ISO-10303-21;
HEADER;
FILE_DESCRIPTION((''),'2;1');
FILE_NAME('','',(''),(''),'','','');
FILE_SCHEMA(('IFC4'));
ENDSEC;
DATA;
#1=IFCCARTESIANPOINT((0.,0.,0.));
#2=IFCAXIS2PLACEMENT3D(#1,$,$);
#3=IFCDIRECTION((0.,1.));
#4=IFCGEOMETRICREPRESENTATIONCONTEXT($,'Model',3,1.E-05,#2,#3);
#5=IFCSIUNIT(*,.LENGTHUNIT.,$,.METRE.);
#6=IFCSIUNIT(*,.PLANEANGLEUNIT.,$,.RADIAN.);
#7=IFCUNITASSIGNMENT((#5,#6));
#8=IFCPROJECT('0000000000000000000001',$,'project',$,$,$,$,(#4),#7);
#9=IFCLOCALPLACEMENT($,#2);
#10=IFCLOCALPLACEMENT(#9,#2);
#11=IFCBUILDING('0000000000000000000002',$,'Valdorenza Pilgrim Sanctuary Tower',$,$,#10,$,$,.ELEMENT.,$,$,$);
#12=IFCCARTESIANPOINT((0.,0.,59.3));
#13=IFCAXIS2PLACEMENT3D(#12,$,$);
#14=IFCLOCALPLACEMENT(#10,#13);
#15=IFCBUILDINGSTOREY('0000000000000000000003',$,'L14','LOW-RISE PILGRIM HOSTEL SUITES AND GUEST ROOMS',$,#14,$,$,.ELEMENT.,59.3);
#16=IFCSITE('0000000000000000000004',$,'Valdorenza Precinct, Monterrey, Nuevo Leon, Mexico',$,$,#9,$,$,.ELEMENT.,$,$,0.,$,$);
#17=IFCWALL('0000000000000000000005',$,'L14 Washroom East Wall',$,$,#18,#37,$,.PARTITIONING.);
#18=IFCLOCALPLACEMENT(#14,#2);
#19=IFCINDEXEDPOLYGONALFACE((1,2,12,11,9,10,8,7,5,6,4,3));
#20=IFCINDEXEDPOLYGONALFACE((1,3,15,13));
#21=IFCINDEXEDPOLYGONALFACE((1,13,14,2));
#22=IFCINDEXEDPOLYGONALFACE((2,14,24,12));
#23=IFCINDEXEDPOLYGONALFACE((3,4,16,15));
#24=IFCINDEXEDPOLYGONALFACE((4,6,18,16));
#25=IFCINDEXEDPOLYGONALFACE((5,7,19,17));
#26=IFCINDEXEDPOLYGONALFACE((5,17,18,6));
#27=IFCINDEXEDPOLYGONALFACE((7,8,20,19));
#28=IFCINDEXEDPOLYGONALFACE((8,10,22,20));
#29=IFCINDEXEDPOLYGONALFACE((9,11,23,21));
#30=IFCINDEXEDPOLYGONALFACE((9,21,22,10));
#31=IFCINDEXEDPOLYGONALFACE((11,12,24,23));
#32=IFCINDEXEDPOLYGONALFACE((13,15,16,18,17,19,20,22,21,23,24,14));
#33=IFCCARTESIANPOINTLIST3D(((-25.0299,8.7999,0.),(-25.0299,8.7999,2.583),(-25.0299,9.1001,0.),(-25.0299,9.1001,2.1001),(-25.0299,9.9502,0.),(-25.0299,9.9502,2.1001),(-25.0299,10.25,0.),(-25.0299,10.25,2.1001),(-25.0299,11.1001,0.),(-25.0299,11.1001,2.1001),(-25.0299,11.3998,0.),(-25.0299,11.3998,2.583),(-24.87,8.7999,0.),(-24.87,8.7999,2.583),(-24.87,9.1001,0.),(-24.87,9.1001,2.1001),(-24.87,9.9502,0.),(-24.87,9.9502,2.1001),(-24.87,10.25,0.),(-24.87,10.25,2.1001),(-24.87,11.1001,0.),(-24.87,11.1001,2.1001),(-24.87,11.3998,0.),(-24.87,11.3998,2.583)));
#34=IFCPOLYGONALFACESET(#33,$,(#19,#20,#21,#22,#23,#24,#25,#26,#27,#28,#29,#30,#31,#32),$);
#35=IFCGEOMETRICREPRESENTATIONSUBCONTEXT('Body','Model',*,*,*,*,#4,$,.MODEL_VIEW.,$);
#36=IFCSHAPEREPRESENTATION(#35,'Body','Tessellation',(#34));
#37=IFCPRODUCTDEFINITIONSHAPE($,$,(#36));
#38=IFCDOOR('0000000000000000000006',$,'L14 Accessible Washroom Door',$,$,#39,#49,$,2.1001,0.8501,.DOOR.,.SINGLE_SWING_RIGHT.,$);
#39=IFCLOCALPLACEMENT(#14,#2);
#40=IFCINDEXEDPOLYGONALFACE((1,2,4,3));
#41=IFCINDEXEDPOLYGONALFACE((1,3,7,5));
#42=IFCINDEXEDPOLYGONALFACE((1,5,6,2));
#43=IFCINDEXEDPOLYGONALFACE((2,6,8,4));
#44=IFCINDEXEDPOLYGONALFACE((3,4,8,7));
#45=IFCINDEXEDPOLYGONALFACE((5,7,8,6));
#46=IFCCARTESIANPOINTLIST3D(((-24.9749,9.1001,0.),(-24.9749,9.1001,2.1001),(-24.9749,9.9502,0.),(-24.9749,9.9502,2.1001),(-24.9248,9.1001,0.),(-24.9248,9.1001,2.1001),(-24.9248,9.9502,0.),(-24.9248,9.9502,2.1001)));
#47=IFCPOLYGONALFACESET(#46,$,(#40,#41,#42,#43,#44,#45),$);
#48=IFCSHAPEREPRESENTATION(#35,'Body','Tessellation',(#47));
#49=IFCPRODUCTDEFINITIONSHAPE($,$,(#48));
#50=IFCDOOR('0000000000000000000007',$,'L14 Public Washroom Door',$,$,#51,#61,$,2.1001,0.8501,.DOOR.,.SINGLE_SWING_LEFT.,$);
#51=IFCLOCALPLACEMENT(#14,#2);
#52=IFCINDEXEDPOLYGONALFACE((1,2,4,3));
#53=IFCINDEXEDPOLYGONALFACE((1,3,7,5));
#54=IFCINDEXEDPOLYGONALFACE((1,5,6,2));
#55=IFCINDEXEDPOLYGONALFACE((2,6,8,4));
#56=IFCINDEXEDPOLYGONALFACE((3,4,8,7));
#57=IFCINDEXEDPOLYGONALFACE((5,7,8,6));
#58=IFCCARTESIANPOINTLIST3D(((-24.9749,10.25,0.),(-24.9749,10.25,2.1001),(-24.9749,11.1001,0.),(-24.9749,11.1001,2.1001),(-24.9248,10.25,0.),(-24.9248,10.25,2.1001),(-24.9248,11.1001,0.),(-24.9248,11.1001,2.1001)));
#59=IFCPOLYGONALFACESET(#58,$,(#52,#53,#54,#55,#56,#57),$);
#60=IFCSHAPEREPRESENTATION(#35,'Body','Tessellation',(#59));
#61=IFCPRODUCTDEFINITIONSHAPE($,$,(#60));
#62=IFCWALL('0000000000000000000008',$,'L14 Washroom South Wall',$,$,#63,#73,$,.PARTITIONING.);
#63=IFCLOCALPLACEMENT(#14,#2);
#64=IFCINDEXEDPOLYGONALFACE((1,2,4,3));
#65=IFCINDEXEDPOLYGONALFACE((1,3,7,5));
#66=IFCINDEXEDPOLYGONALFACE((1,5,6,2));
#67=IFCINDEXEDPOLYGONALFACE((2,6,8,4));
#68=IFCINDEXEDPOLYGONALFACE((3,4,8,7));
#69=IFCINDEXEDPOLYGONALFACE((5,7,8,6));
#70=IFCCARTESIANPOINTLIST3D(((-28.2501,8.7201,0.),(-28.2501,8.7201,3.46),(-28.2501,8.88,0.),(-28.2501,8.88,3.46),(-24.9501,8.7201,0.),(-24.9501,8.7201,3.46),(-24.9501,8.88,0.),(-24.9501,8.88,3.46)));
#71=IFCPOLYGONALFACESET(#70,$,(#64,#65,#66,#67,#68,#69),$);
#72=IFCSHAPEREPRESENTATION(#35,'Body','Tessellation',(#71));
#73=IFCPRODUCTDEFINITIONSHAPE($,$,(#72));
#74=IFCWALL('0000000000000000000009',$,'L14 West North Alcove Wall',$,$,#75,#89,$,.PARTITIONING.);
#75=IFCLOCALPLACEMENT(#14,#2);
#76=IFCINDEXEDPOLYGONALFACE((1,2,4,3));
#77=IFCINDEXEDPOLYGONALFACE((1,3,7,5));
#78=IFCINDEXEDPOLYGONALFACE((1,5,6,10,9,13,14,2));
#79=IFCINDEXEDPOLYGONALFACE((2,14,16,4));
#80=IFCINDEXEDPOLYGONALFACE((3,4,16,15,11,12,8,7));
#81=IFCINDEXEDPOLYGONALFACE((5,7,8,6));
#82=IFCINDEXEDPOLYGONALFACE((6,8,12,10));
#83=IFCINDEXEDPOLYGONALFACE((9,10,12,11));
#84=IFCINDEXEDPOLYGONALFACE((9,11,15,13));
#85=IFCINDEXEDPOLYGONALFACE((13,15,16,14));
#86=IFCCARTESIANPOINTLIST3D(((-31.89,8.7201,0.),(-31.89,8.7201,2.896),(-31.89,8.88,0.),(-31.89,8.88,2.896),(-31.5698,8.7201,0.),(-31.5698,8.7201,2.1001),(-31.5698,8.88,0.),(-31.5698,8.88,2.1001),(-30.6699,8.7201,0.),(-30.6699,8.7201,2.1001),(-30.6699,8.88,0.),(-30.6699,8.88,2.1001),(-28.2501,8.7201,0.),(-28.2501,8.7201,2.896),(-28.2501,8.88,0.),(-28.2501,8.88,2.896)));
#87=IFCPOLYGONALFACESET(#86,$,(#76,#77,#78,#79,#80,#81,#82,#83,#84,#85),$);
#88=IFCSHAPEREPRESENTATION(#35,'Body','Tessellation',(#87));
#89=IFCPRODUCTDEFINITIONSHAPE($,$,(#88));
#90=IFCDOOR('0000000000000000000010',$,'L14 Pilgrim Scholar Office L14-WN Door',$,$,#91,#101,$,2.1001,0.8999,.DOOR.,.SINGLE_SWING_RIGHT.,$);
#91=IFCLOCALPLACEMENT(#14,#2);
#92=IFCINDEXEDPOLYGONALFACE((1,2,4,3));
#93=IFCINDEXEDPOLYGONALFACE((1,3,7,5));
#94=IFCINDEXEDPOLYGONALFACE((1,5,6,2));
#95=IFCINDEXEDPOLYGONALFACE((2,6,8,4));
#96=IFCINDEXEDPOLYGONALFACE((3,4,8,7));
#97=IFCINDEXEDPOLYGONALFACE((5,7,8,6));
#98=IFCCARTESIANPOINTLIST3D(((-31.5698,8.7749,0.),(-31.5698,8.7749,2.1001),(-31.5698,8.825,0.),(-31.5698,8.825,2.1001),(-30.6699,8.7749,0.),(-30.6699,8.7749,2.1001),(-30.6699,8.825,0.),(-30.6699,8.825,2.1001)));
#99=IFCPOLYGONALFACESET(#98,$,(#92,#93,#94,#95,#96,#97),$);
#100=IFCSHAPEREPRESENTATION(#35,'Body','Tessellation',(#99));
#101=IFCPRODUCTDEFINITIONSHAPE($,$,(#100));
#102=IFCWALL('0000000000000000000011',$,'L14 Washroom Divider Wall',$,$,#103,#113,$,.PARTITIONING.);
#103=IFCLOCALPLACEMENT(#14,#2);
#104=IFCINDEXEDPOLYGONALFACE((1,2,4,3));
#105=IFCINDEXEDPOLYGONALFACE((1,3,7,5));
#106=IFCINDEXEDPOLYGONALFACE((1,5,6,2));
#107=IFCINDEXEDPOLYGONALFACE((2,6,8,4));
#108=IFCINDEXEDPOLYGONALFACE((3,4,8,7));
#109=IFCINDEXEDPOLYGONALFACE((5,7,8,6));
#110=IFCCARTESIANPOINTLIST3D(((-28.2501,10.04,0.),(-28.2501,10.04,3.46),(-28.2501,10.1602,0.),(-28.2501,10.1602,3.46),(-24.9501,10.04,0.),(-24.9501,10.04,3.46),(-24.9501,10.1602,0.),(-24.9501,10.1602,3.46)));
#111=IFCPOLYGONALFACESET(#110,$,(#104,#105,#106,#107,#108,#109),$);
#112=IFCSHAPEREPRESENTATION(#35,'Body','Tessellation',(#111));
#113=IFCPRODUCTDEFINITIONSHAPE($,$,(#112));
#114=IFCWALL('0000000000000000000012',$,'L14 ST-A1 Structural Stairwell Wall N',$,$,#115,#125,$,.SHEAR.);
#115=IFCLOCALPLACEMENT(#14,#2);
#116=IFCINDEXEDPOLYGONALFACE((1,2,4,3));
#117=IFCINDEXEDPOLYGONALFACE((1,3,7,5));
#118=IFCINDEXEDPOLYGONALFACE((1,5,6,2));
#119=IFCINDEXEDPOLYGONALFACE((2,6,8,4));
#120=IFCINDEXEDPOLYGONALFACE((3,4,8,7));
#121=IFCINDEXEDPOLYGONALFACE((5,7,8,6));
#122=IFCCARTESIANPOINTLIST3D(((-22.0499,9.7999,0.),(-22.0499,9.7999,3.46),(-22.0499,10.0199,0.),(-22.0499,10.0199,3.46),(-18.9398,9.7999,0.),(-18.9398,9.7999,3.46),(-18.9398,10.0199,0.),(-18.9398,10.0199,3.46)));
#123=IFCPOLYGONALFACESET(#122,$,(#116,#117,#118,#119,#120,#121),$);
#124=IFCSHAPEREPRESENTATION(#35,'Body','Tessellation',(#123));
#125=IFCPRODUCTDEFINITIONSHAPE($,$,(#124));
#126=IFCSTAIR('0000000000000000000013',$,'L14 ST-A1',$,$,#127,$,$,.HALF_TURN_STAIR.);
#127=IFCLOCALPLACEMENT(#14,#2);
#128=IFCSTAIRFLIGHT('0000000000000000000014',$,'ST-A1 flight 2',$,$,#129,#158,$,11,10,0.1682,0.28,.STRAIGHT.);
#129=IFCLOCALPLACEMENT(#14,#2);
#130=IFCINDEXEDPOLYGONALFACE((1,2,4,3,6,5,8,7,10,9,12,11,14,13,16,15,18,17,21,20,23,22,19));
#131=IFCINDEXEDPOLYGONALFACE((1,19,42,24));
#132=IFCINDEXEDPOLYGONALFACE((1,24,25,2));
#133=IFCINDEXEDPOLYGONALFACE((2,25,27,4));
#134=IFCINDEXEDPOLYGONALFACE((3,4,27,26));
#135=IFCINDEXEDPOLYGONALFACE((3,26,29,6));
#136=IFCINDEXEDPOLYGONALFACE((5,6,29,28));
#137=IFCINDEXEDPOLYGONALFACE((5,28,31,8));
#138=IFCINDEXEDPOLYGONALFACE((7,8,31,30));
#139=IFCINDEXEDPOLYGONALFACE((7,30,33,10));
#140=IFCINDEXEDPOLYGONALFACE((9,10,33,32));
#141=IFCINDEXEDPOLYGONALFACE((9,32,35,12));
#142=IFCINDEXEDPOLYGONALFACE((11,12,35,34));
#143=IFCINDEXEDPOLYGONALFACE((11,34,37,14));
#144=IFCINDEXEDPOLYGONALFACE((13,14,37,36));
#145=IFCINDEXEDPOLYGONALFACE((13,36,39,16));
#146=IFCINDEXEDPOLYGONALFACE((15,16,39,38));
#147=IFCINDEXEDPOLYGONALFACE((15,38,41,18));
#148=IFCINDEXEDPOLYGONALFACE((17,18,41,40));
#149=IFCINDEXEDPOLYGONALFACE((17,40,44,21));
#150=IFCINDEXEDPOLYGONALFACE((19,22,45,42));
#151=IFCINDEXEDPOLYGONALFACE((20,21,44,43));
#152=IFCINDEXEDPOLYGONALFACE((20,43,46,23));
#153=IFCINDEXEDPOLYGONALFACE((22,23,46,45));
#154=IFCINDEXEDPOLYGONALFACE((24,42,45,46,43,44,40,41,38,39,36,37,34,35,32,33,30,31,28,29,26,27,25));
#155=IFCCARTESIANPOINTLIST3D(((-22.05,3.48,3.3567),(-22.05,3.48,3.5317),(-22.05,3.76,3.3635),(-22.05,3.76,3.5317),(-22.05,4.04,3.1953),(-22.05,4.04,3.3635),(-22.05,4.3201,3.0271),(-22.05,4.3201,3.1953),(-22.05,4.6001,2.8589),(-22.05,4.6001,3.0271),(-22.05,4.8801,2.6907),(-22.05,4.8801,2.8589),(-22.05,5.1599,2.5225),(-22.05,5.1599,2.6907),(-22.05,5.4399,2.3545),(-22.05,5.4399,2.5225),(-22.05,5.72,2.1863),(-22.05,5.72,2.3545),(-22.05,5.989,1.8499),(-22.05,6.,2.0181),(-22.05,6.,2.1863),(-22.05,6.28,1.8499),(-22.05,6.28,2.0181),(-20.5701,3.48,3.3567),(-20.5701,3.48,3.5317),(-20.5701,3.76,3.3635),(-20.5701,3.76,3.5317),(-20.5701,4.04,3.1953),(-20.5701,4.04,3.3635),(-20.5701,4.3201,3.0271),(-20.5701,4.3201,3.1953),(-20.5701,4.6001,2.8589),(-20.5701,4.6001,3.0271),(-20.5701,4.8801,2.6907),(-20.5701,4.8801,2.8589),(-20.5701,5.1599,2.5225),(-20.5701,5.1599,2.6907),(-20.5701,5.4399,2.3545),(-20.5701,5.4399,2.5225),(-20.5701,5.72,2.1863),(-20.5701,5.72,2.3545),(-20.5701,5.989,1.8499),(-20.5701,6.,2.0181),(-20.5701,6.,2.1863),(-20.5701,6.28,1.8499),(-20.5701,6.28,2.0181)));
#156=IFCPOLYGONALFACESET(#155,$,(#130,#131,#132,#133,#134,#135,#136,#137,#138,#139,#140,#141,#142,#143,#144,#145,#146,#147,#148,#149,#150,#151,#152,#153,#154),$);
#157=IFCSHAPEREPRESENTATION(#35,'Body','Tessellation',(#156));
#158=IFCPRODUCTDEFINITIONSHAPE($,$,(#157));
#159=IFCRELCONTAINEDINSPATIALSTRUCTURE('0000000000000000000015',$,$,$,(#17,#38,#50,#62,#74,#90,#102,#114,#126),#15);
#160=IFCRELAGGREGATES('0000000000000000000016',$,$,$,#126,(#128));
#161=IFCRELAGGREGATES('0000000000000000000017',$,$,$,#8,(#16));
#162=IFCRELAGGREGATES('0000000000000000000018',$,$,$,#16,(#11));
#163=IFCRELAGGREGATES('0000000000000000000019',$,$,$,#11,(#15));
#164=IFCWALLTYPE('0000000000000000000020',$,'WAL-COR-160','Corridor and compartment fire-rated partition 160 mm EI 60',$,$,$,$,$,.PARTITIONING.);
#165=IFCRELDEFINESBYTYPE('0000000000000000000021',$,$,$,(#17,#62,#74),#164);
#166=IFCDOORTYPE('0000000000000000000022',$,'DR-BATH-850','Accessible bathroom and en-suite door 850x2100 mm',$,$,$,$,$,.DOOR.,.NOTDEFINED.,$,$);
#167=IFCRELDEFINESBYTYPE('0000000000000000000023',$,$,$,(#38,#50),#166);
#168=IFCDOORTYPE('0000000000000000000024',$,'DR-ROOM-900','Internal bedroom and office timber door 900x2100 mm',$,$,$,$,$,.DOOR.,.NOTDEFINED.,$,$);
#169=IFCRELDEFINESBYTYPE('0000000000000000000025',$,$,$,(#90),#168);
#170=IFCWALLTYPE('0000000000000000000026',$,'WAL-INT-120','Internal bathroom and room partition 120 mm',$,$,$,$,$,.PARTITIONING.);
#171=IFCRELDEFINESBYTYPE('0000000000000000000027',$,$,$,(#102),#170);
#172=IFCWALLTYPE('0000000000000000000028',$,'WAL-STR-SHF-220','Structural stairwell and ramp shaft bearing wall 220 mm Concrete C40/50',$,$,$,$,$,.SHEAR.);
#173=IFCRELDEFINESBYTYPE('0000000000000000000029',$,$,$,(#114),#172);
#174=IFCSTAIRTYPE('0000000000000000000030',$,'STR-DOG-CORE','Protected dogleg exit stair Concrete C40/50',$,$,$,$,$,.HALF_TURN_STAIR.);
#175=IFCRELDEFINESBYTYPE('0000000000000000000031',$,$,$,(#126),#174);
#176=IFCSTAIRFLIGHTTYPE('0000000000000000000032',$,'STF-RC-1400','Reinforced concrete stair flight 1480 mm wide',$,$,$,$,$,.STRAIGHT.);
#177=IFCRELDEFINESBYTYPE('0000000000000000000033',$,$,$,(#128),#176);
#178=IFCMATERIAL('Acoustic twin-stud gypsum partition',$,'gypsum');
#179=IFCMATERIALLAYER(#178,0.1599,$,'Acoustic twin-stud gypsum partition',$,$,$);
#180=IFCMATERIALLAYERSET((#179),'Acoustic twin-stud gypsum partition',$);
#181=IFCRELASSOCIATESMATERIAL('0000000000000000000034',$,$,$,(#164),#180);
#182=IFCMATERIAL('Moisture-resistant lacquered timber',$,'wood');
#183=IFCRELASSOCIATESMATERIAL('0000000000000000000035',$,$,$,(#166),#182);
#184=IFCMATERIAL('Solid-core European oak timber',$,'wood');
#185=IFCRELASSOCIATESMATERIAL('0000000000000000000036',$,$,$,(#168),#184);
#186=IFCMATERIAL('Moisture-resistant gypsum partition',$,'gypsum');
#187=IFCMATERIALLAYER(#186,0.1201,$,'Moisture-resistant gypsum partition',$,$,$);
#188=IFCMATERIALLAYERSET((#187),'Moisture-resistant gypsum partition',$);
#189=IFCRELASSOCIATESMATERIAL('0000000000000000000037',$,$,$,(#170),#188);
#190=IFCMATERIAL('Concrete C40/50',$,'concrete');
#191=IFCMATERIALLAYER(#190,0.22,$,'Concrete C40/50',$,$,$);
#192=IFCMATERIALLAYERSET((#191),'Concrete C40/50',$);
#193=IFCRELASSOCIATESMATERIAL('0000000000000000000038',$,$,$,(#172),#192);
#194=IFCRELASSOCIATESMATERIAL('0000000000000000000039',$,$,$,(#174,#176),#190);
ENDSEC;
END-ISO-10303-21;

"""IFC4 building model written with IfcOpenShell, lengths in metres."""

from ifc_helpers import new_model, si_unit, direction, frame, frame_2d, origin, place, context, subcontext, project, spatial, polyline, rectangle, outline, extrude, material, layer, layer_set, type_object, element, fill, aggregate, save


model = new_model("IFC4")

# Units and contexts
model_context = context("Model", 3, precision=1e-05, world=origin(), true_north=direction((0.0, 1.0)))
body_context = subcontext(model_context, "Body", "Model", "MODEL_VIEW")
ifc_project = project(units=[si_unit("LENGTHUNIT", "METRE"), si_unit("PLANEANGLEUNIT", "RADIAN")], contexts=[model_context])

# Site, building, storey
site_placement = place(None, origin())
site = spatial("IfcSite", under=ifc_project, at=site_placement, Name="Valdorenza Precinct, Monterrey, Nuevo Leon, Mexico", CompositionType="ELEMENT", RefElevation=0.0)
building_placement = place(site_placement, origin())
building = spatial("IfcBuilding", under=site, at=building_placement, Name="Valdorenza Pilgrim Sanctuary Tower", CompositionType="ELEMENT")
storey_placement = place(building_placement, frame((0.0, 0.0, 59.3)))
storey = spatial("IfcBuildingStorey", under=building, at=storey_placement, Name="L14", Description="LOW-RISE PILGRIM HOSTEL SUITES AND GUEST ROOMS", CompositionType="ELEMENT", Elevation=59.3)

# Shared definitions
ifc_material_1 = material(Name="Acoustic twin-stud gypsum partition", Category="gypsum")
ifc_layer_1 = layer(ifc_material_1, 0.1599, Name="Acoustic twin-stud gypsum partition")
ifc_layer_set_1 = layer_set([ifc_layer_1], Name="Acoustic twin-stud gypsum partition")
wall_type_1 = type_object("IfcWallType", Name="WAL-COR-160", Description="Corridor and compartment fire-rated partition 160 mm EI 60", PredefinedType="PARTITIONING", material=ifc_layer_set_1)

# Wall, openings, doors
wall_1_placement = place(storey_placement, frame((-24.95, 8.8, 0.0), z_axis=(0.0, 0.0, 1.0), x_axis=(0.0, 1.0, 0.0)))
wall_1 = element("IfcWall", 1, at=wall_1_placement, inside=storey, type_object=wall_type_1, Name="L14 Washroom East Wall", PredefinedType="PARTITIONING", context=body_context, shape_type="SweptSolid", body=[
    extrude(rectangle(XDim=2.5999, YDim=0.1599, at=frame_2d((1.2998, 0.0))), origin(), (0.0, 0.0, 1.0), 2.583),
])
opening_1_placement = place(wall_1_placement, frame((0.3, 0.0, 0.0)))
opening_1 = element("IfcOpeningElement", 2, at=opening_1_placement, cuts=wall_1, PredefinedType="OPENING", context=body_context, shape_type="SweptSolid", body=[
    extrude(rectangle(XDim=0.8501, YDim=2.1001, at=frame_2d((0.425, 1.05))), frame((0.0, 0.0947, 0.0), z_axis=(0.0, -1.0, 0.0), x_axis=(1.0, 0.0, 0.0)), (0.0, 0.0, 1.0), 0.1897),
])
opening_2_placement = place(wall_1_placement, frame((1.45, 0.0, 0.0)))
opening_2 = element("IfcOpeningElement", 3, at=opening_2_placement, cuts=wall_1, PredefinedType="OPENING", context=body_context, shape_type="SweptSolid", body=[
    extrude(rectangle(XDim=0.8501, YDim=2.1001, at=frame_2d((0.425, 1.05))), frame((0.0, 0.0947, 0.0), z_axis=(0.0, -1.0, 0.0), x_axis=(1.0, 0.0, 0.0)), (0.0, 0.0, 1.0), 0.1897),
])
ifc_material_2 = material(Name="Moisture-resistant lacquered timber", Category="wood")
door_type_1 = type_object("IfcDoorType", Name="DR-BATH-850", Description="Accessible bathroom and en-suite door 850x2100 mm", OperationType="NOTDEFINED", PredefinedType="DOOR", material=ifc_material_2)
door_1_placement = place(opening_1_placement, origin())
door_1 = element("IfcDoor", 4, at=door_1_placement, inside=storey, type_object=door_type_1, Name="L14 Accessible Washroom Door", OperationType="SINGLE_SWING_RIGHT", OverallHeight=2.1001, OverallWidth=0.8501, PredefinedType="DOOR", context=body_context, shape_type="SweptSolid", body=[
    extrude(rectangle(XDim=0.8501, YDim=2.1001, at=frame_2d((0.425, 1.05))), frame((0.0, 0.0249, 0.0), z_axis=(0.0, -1.0, 0.0), x_axis=(1.0, 0.0, 0.0)), (0.0, 0.0, 1.0), 0.05),
])
fill(opening_1, door_1)
door_2_placement = place(opening_2_placement, origin())
door_2 = element("IfcDoor", 5, at=door_2_placement, inside=storey, type_object=door_type_1, Name="L14 Public Washroom Door", OperationType="SINGLE_SWING_LEFT", OverallHeight=2.1001, OverallWidth=0.8501, PredefinedType="DOOR", context=body_context, shape_type="SweptSolid", body=[
    extrude(rectangle(XDim=0.8501, YDim=2.1001, at=frame_2d((0.425, 1.05))), frame((0.0, 0.0249, 0.0), z_axis=(0.0, -1.0, 0.0), x_axis=(1.0, 0.0, 0.0)), (0.0, 0.0, 1.0), 0.05),
])
fill(opening_2, door_2)

# Wall
wall_2_placement = place(storey_placement, frame((-28.25, 8.8, 0.0), z_axis=(0.0, 0.0, 1.0), x_axis=(1.0, 0.0, 0.0)))
element("IfcWall", 6, at=wall_2_placement, inside=storey, type_object=wall_type_1, Name="L14 Washroom South Wall", PredefinedType="PARTITIONING", context=body_context, shape_type="SweptSolid", body=[
    extrude(rectangle(XDim=3.3, YDim=0.1599, at=frame_2d((1.6499, 0.0))), origin(), (0.0, 0.0, 1.0), 3.46),
])

# Wall, opening, door
wall_3_placement = place(storey_placement, frame((-31.8899, 8.8, 0.0), z_axis=(0.0, 0.0, 1.0), x_axis=(1.0, 0.0, 0.0)))
wall_3 = element("IfcWall", 7, at=wall_3_placement, inside=storey, type_object=wall_type_1, Name="L14 West North Alcove Wall", PredefinedType="PARTITIONING", context=body_context, shape_type="SweptSolid", body=[
    extrude(rectangle(XDim=3.6399, YDim=0.1599, at=frame_2d((1.8198, 0.0))), origin(), (0.0, 0.0, 1.0), 2.896),
])
opening_3_placement = place(wall_3_placement, frame((0.3201, 0.0, 0.0)))
opening_3 = element("IfcOpeningElement", 8, at=opening_3_placement, cuts=wall_3, PredefinedType="OPENING", context=body_context, shape_type="SweptSolid", body=[
    extrude(rectangle(XDim=0.8999, YDim=2.1001, at=frame_2d((0.45, 1.05))), frame((0.0, 0.0947, 0.0), z_axis=(0.0, -1.0, 0.0), x_axis=(1.0, 0.0, 0.0)), (0.0, 0.0, 1.0), 0.1897),
])
ifc_material_3 = material(Name="Solid-core European oak timber", Category="wood")
door_type_2 = type_object("IfcDoorType", Name="DR-ROOM-900", Description="Internal bedroom and office timber door 900x2100 mm", OperationType="NOTDEFINED", PredefinedType="DOOR", material=ifc_material_3)
door_3_placement = place(opening_3_placement, origin())
door_3 = element("IfcDoor", 9, at=door_3_placement, inside=storey, type_object=door_type_2, Name="L14 Pilgrim Scholar Office L14-WN Door", OperationType="SINGLE_SWING_RIGHT", OverallHeight=2.1001, OverallWidth=0.8999, PredefinedType="DOOR", context=body_context, shape_type="SweptSolid", body=[
    extrude(rectangle(XDim=0.8999, YDim=2.1001, at=frame_2d((0.45, 1.05))), frame((0.0, 0.0249, 0.0), z_axis=(0.0, -1.0, 0.0), x_axis=(1.0, 0.0, 0.0)), (0.0, 0.0, 1.0), 0.05),
])
fill(opening_3, door_3)

# Walls
ifc_material_4 = material(Name="Moisture-resistant gypsum partition", Category="gypsum")
ifc_layer_2 = layer(ifc_material_4, 0.1201, Name="Moisture-resistant gypsum partition")
ifc_layer_set_2 = layer_set([ifc_layer_2], Name="Moisture-resistant gypsum partition")
wall_type_2 = type_object("IfcWallType", Name="WAL-INT-120", Description="Internal bathroom and room partition 120 mm", PredefinedType="PARTITIONING", material=ifc_layer_set_2)
wall_4_placement = place(storey_placement, frame((-28.25, 10.1001, 0.0), z_axis=(0.0, 0.0, 1.0), x_axis=(1.0, 0.0, 0.0)))
element("IfcWall", 10, at=wall_4_placement, inside=storey, type_object=wall_type_2, Name="L14 Washroom Divider Wall", PredefinedType="PARTITIONING", context=body_context, shape_type="SweptSolid", body=[
    extrude(rectangle(XDim=3.3, YDim=0.1201, at=frame_2d((1.6499, 0.0))), origin(), (0.0, 0.0, 1.0), 3.46),
])
ifc_material_5 = material(Name="Concrete C40/50", Category="concrete")
ifc_layer_3 = layer(ifc_material_5, 0.22, Name="Concrete C40/50")
ifc_layer_set_3 = layer_set([ifc_layer_3], Name="Concrete C40/50")
wall_type_3 = type_object("IfcWallType", Name="WAL-STR-SHF-220", Description="Structural stairwell and ramp shaft bearing wall 220 mm Concrete C40/50", PredefinedType="SHEAR", material=ifc_layer_set_3)
wall_5_placement = place(storey_placement, frame((-22.05, 9.9099, 0.0), z_axis=(0.0, 0.0, 1.0), x_axis=(1.0, 0.0, 0.0)))
element("IfcWall", 11, at=wall_5_placement, inside=storey, type_object=wall_type_3, Name="L14 ST-A1 Structural Stairwell Wall N", PredefinedType="SHEAR", context=body_context, shape_type="SweptSolid", body=[
    extrude(rectangle(XDim=3.1101, YDim=0.22, at=frame_2d((1.5552, 0.0))), origin(), (0.0, 0.0, 1.0), 3.46),
])

# Stair, stair flight
stair_type = type_object("IfcStairType", Name="STR-DOG-CORE", Description="Protected dogleg exit stair Concrete C40/50", PredefinedType="HALF_TURN_STAIR", material=ifc_material_5)
stair_placement = place(storey_placement, origin())
stair = element("IfcStair", 12, at=stair_placement, inside=storey, type_object=stair_type, Name="L14 ST-A1", PredefinedType="HALF_TURN_STAIR")
stair_flight_type = type_object("IfcStairFlightType", Name="STF-RC-1400", Description="Reinforced concrete stair flight 1480 mm wide", PredefinedType="STRAIGHT", material=ifc_material_5)
stair_flight_placement = place(storey_placement, frame((-21.3101, 6.28, 1.8499), z_axis=(0.0, 0.0, 1.0), x_axis=(0.0, -1.0, 0.0)))
stair_flight = element("IfcStairFlight", 13, at=stair_flight_placement, type_object=stair_flight_type, Name="ST-A1 flight 2", NumberOfRisers=11, NumberOfTreads=10, PredefinedType="STRAIGHT", RiserHeight=0.1682, TreadLength=0.28, context=body_context, shape_type="SweptSolid", body=[
    extrude(outline(polyline([(0.0, 0.0), (0.0, 0.1682), (0.28, 0.1682), (0.28, 0.3364), (0.5601, 0.3364), (0.5601, 0.5046), (0.8401, 0.5046), (0.8401, 0.6726), (1.1201, 0.6726), (1.1201, 0.8408), (1.3999, 0.8408), (1.3999, 1.009), (1.6799, 1.009), (1.6799, 1.1772), (1.96, 1.1772), (1.96, 1.3455), (2.24, 1.3455), (2.24, 1.5137), (2.52, 1.5137), (2.52, 1.6819), (2.8, 1.6819), (2.8, 1.8501), (2.8, 1.5068), (0.291, 0.0), (0.0, 0.0)])), frame((0.0, 0.74, 0.0), z_axis=(0.0, -1.0, 0.0), x_axis=(1.0, 0.0, 0.0)), (0.0, 0.0, 1.0), 1.48),
])
aggregate(stair, [stair_flight])

save(model, "model.ifc")
